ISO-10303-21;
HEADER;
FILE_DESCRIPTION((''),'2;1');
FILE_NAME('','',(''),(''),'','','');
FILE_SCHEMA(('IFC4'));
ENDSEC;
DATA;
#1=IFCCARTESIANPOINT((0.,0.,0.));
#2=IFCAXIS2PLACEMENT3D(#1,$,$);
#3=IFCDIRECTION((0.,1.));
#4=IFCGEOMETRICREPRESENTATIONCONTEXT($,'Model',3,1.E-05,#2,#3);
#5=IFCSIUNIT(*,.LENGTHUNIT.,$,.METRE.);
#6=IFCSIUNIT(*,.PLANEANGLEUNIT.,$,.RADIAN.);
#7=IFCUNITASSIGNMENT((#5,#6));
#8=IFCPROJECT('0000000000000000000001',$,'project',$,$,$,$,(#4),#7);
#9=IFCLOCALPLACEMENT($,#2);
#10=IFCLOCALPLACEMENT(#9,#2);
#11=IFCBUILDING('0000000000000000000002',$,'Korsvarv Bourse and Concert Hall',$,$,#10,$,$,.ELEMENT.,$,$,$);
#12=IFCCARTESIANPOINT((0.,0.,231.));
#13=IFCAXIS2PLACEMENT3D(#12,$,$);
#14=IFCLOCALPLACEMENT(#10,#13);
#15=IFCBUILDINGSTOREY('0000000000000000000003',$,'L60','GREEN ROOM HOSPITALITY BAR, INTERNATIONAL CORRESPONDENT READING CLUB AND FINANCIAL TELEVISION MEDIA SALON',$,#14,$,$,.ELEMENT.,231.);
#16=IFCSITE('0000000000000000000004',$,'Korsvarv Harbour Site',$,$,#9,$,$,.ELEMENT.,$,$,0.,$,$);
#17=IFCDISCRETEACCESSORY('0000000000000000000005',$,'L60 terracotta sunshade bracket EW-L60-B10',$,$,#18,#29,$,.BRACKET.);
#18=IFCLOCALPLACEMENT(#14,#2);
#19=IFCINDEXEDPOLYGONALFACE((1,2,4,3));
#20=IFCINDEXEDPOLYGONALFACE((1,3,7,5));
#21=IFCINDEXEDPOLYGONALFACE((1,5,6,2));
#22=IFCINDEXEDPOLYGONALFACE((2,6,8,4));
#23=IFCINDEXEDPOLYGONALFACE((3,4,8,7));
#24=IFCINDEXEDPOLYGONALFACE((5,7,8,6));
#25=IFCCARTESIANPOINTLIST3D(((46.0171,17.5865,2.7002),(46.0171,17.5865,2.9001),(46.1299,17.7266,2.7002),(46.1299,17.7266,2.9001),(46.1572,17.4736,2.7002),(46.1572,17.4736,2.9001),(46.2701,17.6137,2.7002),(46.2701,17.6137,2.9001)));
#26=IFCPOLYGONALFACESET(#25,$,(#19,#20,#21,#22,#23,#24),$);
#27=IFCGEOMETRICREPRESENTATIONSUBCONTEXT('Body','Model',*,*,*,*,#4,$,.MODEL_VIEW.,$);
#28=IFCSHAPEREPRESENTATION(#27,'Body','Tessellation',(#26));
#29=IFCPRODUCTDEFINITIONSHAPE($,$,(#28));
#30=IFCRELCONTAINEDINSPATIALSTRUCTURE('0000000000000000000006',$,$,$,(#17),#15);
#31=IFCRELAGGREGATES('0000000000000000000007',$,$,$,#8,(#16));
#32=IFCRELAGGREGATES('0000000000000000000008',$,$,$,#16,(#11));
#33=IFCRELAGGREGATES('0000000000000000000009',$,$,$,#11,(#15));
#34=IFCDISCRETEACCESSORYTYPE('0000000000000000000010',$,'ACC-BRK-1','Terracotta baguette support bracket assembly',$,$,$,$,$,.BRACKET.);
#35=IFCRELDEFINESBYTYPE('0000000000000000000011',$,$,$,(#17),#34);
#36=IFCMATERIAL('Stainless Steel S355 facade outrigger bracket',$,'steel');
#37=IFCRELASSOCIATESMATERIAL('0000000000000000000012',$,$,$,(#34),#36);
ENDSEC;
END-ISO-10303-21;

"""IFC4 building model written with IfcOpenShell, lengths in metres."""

from ifc_helpers import new_model, si_unit, direction, frame, origin, origin_2d, place, context, subcontext, project, spatial, rectangle, extrude, source, transform, mapped, material, type_object, element, save


model = new_model("IFC4")

# Units and contexts
model_context = context("Model", 3, precision=1e-05, world=origin(), true_north=direction((0.0, 1.0)))
body_context = subcontext(model_context, "Body", "Model", "MODEL_VIEW")
ifc_project = project(units=[si_unit("LENGTHUNIT", "METRE"), si_unit("PLANEANGLEUNIT", "RADIAN")], contexts=[model_context])

# Site, building, storey
site_placement = place(None, origin())
site = spatial("IfcSite", under=ifc_project, at=site_placement, Name="Korsvarv Harbour Site", CompositionType="ELEMENT", RefElevation=0.0)
building_placement = place(site_placement, origin())
building = spatial("IfcBuilding", under=site, at=building_placement, Name="Korsvarv Bourse and Concert Hall", CompositionType="ELEMENT")
storey_placement = place(building_placement, frame((0.0, 0.0, 231.0)))
storey = spatial("IfcBuildingStorey", under=building, at=storey_placement, Name="L60", Description="GREEN ROOM HOSPITALITY BAR, INTERNATIONAL CORRESPONDENT READING CLUB AND FINANCIAL TELEVISION MEDIA SALON", CompositionType="ELEMENT", Elevation=231.0)

# Discrete accessory
ifc_material_1 = material(Name="Stainless Steel S355 facade outrigger bracket", Category="steel")
discrete_accessory_type = type_object("IfcDiscreteAccessoryType", Name="ACC-BRK-1", Description="Terracotta baguette support bracket assembly", PredefinedType="BRACKET", material=ifc_material_1)
shared_shape_1 = source(origin(), body_context, "Body", "SweptSolid", [
    extrude(rectangle(XDim=0.1799, YDim=0.1799, at=origin_2d()), origin(), (0.0, 0.0, 1.0), 0.2),
])
for number, where, z_axis, x_axis, name in (
    (1, (46.1436, 17.6001, 2.7002), (0.0, 0.0, 1.0), (0.62742, 0.778681, 0.0), "L60 terracotta sunshade bracket EW-L60-B10"),
):
    element("IfcDiscreteAccessory", number, at=place(storey_placement, frame(where, z_axis=z_axis, x_axis=x_axis)), inside=storey, type_object=discrete_accessory_type, Name=name, PredefinedType="BRACKET", context=body_context, shape_type="MappedRepresentation", body=[
        mapped(shared_shape_1, transform((0.0, 0.0, 0.0), scale=1.0)),
    ])

save(model, "model.ifc")
